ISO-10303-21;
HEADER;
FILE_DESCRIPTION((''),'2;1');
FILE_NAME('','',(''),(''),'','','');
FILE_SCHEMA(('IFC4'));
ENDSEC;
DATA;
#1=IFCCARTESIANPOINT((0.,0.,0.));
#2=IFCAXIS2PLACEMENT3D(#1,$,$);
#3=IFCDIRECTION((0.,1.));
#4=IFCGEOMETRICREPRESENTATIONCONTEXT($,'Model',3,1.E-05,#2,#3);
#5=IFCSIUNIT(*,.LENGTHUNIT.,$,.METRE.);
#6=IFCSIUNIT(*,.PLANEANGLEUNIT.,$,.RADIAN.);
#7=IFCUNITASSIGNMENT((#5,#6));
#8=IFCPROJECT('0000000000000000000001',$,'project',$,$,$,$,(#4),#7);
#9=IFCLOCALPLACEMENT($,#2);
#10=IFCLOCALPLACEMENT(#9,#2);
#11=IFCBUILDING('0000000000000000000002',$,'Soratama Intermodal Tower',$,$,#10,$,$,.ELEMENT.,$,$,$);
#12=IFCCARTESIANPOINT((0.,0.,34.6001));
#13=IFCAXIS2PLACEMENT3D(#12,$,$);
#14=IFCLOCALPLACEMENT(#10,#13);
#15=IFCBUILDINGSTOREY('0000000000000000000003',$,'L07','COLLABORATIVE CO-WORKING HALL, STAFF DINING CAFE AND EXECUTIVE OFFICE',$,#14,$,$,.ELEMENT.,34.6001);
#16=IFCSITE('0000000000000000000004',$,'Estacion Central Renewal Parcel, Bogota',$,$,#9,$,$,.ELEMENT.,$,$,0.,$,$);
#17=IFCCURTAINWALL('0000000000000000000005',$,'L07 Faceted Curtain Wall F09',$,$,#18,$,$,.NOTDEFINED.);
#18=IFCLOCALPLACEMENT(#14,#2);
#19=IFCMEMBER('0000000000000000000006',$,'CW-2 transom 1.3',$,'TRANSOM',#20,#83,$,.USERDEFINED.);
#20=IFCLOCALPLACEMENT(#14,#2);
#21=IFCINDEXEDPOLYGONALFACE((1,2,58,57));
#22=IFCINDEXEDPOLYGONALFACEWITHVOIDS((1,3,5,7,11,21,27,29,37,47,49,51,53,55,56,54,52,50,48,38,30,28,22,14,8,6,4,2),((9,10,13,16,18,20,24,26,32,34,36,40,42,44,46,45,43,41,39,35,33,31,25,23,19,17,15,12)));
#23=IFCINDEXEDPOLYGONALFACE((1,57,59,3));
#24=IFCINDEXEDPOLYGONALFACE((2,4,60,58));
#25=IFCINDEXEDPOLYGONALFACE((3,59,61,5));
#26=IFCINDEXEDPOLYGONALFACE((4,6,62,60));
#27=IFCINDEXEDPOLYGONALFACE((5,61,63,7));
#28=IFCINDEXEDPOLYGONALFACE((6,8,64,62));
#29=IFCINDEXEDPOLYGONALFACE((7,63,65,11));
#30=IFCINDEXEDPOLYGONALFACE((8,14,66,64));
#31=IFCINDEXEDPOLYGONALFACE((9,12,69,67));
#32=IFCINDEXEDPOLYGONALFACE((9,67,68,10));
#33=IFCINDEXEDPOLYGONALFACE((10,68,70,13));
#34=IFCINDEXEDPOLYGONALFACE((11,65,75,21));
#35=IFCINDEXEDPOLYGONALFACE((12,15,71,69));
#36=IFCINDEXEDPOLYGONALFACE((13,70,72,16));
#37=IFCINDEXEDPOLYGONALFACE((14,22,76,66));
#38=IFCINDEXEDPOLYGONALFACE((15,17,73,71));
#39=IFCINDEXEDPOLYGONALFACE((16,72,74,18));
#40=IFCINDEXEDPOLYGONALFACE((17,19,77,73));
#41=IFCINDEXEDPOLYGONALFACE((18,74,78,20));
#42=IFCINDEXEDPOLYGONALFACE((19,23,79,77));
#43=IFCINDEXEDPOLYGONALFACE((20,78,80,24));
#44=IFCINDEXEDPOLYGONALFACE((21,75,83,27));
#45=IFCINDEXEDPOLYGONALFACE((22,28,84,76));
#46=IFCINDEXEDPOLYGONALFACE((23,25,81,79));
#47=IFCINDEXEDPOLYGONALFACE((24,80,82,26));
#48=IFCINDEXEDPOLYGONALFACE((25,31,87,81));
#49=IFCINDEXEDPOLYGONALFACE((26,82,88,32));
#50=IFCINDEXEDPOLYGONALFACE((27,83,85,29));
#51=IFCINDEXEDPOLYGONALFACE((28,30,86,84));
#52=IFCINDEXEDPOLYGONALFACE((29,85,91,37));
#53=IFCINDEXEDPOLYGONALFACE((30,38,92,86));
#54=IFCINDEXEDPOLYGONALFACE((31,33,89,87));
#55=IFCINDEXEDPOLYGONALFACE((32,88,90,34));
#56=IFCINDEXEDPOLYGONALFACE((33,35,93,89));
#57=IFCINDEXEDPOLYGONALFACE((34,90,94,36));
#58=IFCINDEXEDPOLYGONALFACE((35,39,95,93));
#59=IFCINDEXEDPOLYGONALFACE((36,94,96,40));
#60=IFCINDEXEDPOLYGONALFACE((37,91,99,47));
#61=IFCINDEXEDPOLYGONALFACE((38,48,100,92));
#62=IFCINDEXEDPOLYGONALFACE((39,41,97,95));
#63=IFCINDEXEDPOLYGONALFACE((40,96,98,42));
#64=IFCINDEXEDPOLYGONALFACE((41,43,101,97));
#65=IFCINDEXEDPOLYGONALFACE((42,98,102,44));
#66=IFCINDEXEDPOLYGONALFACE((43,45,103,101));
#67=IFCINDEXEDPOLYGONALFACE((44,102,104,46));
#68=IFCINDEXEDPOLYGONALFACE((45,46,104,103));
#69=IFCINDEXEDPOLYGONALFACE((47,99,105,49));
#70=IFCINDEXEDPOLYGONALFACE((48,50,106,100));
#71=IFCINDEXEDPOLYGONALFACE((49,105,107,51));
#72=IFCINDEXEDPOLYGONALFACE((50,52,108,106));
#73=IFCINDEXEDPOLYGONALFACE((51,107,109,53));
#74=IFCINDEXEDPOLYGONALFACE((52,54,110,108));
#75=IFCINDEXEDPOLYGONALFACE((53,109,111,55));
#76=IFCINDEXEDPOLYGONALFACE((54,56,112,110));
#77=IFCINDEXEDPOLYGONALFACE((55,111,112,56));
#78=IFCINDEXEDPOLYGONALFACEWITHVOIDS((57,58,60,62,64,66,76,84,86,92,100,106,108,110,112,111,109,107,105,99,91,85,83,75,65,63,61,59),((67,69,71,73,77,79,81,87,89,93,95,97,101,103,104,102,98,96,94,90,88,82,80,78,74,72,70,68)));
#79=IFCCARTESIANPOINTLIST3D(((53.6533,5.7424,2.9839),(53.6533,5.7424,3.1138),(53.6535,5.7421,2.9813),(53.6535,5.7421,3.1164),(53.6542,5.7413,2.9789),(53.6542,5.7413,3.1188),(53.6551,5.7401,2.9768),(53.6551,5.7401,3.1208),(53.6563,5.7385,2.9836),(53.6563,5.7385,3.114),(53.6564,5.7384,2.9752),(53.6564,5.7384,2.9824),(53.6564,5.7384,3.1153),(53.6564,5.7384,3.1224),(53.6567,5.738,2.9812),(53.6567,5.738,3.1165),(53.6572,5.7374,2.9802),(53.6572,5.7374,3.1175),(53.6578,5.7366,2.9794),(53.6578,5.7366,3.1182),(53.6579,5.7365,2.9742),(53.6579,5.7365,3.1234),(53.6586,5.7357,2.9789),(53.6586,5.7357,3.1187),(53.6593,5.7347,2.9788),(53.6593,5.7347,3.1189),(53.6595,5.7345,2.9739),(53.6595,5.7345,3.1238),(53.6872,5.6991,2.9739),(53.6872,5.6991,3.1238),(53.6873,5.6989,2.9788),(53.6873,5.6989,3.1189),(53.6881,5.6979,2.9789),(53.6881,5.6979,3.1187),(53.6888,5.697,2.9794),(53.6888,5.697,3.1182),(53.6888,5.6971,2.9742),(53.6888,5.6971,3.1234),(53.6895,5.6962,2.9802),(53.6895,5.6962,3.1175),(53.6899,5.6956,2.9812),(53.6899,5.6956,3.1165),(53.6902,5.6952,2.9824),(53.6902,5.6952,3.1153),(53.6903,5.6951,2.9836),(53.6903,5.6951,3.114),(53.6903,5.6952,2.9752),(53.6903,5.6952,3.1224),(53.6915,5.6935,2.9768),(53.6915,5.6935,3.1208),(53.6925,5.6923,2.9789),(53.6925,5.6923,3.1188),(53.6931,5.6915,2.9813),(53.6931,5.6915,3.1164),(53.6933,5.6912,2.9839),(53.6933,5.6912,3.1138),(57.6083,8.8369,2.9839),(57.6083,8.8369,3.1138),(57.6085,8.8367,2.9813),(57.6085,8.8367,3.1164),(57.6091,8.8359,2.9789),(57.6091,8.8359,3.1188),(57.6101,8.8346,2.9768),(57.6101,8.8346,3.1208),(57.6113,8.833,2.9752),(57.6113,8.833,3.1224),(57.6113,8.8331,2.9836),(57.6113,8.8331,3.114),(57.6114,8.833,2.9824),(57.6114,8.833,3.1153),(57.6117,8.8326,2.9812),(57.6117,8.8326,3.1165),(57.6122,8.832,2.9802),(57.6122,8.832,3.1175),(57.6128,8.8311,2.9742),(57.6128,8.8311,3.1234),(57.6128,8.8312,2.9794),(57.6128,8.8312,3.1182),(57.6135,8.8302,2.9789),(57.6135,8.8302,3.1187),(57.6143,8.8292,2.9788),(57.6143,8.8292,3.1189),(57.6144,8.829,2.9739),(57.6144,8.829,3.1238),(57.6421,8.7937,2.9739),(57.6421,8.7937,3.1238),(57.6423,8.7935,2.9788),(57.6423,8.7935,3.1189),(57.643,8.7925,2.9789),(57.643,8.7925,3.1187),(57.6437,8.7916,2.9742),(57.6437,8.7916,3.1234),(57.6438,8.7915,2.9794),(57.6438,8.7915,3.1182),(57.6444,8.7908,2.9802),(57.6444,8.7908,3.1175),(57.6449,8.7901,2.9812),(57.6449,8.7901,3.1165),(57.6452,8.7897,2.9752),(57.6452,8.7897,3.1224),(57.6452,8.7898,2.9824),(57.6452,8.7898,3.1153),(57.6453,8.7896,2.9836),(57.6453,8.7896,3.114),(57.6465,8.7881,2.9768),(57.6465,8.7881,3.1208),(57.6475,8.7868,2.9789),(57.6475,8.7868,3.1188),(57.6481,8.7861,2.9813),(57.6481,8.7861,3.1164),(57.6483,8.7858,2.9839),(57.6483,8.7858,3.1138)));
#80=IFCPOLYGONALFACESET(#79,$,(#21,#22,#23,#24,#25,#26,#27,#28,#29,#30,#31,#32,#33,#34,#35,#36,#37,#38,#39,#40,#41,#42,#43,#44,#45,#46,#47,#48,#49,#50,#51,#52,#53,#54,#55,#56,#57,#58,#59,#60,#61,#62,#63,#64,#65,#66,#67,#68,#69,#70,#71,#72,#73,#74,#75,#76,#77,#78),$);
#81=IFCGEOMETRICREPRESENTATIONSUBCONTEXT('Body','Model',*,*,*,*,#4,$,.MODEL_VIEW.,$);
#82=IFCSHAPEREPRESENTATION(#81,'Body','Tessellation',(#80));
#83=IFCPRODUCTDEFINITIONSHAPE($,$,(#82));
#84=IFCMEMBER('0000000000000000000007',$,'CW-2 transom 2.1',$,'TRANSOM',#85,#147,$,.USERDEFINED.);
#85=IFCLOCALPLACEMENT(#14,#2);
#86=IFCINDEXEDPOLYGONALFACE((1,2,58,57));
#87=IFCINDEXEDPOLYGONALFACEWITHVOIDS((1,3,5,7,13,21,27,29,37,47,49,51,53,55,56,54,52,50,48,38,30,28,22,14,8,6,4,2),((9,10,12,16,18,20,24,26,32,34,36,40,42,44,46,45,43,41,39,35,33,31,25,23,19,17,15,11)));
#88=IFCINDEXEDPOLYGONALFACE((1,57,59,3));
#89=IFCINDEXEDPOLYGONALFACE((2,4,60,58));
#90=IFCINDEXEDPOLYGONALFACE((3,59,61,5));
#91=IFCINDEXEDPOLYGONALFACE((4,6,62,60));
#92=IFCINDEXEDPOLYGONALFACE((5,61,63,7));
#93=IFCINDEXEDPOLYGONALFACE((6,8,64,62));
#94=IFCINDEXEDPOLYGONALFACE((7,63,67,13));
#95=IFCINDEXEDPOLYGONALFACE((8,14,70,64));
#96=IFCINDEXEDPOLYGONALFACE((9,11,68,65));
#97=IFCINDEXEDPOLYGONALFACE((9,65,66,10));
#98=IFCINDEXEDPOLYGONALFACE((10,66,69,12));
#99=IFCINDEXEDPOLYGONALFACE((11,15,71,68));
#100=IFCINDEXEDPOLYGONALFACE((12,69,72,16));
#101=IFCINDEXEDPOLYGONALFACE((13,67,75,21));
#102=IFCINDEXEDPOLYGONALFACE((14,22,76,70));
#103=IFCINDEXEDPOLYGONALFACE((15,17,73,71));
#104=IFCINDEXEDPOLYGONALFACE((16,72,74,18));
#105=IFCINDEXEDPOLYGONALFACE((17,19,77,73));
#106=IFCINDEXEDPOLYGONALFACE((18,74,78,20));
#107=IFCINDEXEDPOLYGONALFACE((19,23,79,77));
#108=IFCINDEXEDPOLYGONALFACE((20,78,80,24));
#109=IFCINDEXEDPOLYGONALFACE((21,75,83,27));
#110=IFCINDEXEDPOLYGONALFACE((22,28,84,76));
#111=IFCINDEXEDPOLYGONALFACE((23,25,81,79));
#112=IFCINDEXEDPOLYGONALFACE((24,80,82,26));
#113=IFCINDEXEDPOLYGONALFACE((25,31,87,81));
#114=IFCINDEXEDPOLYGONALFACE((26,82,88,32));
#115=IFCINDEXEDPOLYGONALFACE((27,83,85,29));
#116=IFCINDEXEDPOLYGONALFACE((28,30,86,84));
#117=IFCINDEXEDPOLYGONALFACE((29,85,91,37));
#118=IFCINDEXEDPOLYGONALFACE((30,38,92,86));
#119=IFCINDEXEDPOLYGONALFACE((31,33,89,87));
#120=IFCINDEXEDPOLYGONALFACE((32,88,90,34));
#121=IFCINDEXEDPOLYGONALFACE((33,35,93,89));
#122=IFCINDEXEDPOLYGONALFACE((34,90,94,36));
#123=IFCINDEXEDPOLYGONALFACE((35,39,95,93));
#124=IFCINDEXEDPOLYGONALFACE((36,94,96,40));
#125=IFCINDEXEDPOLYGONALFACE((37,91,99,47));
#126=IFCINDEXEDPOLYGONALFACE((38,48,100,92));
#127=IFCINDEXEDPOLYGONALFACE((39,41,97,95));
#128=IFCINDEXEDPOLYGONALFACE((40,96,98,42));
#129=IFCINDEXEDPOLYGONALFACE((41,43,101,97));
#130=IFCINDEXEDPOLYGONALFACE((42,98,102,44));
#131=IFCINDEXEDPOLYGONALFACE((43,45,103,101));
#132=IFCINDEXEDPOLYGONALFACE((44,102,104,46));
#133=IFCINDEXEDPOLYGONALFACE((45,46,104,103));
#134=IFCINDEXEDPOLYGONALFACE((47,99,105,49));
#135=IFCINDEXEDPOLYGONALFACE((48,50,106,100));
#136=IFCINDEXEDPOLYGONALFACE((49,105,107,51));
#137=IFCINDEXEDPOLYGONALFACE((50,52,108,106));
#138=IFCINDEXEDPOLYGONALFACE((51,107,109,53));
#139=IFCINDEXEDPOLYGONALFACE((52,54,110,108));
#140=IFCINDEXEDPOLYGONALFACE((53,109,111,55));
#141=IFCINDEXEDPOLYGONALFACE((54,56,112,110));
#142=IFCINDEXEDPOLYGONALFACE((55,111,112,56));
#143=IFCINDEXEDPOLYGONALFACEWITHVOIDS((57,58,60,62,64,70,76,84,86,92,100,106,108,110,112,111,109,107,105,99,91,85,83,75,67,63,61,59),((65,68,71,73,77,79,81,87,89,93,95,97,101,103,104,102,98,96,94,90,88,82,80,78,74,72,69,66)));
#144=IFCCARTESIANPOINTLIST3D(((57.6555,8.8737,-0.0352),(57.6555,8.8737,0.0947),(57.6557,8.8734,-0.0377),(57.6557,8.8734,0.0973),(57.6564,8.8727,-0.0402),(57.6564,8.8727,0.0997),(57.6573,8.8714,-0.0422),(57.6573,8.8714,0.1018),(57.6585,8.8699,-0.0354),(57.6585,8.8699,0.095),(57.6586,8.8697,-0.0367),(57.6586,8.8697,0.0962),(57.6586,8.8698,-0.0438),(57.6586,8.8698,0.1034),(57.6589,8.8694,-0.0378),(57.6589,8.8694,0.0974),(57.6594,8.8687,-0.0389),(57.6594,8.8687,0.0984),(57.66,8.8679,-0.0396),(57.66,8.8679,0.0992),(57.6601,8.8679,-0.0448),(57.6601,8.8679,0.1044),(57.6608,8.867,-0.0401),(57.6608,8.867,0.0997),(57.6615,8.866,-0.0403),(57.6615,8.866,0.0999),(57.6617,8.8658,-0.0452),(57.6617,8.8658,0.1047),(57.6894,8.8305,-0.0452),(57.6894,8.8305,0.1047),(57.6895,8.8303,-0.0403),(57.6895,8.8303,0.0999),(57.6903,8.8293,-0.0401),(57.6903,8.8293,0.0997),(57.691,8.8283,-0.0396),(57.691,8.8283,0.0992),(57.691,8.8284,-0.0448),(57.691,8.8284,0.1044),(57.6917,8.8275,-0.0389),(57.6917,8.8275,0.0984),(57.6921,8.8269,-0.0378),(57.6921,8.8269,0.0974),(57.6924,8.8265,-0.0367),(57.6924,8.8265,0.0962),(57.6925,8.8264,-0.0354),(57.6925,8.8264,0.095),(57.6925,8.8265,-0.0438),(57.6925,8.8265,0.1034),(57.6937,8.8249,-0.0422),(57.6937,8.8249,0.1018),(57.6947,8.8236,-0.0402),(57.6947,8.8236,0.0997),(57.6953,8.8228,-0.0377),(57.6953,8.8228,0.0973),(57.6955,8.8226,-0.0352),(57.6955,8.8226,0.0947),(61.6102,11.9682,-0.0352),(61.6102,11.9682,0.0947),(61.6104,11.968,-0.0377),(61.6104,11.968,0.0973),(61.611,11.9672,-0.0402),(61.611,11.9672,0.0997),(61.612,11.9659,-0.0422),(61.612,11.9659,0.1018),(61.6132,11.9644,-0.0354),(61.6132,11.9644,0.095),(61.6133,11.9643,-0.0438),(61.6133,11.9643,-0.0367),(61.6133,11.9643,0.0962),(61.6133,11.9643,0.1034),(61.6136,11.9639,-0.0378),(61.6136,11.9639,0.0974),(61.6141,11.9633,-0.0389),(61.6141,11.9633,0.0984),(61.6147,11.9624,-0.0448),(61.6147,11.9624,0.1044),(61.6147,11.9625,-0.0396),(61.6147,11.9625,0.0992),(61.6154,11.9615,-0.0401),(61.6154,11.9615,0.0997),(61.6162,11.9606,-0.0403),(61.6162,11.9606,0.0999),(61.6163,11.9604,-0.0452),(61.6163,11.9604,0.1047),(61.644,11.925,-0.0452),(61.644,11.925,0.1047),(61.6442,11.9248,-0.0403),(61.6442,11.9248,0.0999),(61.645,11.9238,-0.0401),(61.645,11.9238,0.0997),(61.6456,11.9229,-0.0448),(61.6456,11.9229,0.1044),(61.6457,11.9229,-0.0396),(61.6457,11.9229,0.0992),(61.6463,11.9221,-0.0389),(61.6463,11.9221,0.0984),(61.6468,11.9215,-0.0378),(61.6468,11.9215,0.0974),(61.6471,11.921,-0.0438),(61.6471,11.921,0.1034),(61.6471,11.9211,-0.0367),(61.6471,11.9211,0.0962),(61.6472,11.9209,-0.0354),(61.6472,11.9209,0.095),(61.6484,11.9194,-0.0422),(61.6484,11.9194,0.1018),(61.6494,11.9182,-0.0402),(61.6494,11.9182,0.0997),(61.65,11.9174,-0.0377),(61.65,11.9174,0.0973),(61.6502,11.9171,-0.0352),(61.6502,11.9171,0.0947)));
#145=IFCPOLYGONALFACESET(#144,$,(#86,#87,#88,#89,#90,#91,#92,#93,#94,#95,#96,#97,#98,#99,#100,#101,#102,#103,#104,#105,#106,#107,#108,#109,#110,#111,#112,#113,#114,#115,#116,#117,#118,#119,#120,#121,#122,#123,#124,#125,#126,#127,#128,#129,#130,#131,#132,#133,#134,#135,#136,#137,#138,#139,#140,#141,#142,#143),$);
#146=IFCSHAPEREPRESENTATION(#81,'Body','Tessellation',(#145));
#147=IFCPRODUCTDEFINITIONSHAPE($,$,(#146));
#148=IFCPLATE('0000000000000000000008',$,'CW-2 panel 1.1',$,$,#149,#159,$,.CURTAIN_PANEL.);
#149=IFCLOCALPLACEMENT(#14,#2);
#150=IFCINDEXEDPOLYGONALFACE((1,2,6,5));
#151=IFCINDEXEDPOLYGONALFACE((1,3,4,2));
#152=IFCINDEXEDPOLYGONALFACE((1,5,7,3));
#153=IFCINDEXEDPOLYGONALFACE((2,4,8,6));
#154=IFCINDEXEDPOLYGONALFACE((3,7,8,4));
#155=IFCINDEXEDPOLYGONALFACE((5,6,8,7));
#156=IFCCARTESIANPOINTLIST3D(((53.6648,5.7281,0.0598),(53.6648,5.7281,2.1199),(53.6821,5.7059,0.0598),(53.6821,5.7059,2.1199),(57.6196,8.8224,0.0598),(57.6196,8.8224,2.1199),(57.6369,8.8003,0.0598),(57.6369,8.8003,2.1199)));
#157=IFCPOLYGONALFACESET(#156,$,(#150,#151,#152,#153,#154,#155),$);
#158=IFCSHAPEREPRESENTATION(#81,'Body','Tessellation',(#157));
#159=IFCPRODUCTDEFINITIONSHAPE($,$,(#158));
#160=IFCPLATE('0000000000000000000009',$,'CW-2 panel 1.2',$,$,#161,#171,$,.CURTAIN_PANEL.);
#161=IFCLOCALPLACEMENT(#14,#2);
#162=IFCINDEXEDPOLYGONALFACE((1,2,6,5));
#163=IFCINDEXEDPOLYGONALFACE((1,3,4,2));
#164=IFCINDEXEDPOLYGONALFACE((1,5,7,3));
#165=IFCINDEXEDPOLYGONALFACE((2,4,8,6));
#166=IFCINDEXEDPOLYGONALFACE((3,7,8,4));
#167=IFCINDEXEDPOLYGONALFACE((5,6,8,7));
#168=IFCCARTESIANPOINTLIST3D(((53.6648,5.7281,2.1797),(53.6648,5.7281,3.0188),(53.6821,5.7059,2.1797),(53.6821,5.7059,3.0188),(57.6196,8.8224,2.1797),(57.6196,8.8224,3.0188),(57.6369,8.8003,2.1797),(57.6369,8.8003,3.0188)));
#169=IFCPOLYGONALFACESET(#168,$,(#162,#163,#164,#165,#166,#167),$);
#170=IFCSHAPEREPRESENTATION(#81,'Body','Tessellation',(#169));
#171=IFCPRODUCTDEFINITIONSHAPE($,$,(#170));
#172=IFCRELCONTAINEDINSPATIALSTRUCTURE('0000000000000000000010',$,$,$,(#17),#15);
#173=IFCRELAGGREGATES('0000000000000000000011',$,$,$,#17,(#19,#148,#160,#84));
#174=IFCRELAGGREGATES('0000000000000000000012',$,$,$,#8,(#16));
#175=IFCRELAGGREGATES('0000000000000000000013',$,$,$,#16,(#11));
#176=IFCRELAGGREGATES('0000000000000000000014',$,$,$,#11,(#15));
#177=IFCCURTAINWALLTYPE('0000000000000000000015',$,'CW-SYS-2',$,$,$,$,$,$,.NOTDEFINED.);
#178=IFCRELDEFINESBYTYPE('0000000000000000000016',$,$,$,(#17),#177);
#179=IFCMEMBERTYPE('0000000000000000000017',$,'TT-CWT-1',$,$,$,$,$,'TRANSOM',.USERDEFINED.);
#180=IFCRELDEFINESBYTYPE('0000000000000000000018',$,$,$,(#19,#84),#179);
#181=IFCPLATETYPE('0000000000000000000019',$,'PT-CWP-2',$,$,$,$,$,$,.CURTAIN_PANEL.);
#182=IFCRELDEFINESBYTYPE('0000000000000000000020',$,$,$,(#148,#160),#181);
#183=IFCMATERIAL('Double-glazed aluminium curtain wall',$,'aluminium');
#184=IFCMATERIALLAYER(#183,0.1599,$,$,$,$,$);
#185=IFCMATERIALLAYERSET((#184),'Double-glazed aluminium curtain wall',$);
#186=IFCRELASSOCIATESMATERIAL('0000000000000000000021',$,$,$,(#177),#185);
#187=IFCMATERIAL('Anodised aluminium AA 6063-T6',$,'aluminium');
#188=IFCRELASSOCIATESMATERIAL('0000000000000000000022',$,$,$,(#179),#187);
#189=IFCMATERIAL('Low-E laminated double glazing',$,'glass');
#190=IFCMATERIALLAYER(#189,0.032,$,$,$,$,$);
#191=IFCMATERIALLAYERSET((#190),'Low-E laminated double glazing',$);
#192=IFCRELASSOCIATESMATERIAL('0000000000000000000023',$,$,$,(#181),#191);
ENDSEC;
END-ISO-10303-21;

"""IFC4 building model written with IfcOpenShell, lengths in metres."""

from ifc_helpers import new_model, si_unit, direction, frame, origin, origin_2d, place, context, subcontext, project, spatial, rectangle, hollow_rectangle, extrude, material, layer, layer_set, material_profile, profile_set, type_object, element, aggregate, save


model = new_model("IFC4")

# Units and contexts
model_context = context("Model", 3, precision=1e-05, world=origin(), true_north=direction((0.0, 1.0)))
body_context = subcontext(model_context, "Body", "Model", "MODEL_VIEW")
ifc_project = project(units=[si_unit("LENGTHUNIT", "METRE"), si_unit("PLANEANGLEUNIT", "RADIAN")], contexts=[model_context])

# Site, building, storey
site_placement = place(None, origin())
site = spatial("IfcSite", under=ifc_project, at=site_placement, Name="Estacion Central Renewal Parcel, Bogota", CompositionType="ELEMENT", RefElevation=0.0)
building_placement = place(site_placement, origin())
building = spatial("IfcBuilding", under=site, at=building_placement, Name="Soratama Intermodal Tower", CompositionType="ELEMENT")
storey_placement = place(building_placement, frame((0.0, 0.0, 34.6001)))
storey = spatial("IfcBuildingStorey", under=building, at=storey_placement, Name="L07", Description="COLLABORATIVE CO-WORKING HALL, STAFF DINING CAFE AND EXECUTIVE OFFICE", CompositionType="ELEMENT", Elevation=34.6001)

# Curtain wall, members, plates
ifc_material_1 = material(Name="Double-glazed aluminium curtain wall", Category="aluminium")
ifc_layer_1 = layer(ifc_material_1, 0.1599)
ifc_layer_set_1 = layer_set([ifc_layer_1], Name="Double-glazed aluminium curtain wall")
curtain_wall_type = type_object("IfcCurtainWallType", Name="CW-SYS-2", PredefinedType="NOTDEFINED", material=ifc_layer_set_1)
curtain_wall_placement = place(storey_placement, origin())
curtain_wall = element("IfcCurtainWall", 1, at=curtain_wall_placement, inside=storey, type_object=curtain_wall_type, Name="L07 Faceted Curtain Wall F09", PredefinedType="NOTDEFINED")
ifc_material_2 = material(Name="Anodised aluminium AA 6063-T6", Category="aluminium")
ifc_material_profile_1 = material_profile(ifc_material_2, hollow_rectangle(XDim=0.0649, YDim=0.1499, WallThickness=0.0049, InnerFilletRadius=0.0049, OuterFilletRadius=0.01, at=origin_2d()), Name="CWT150X65X5")
ifc_profile_set_1 = profile_set([ifc_material_profile_1], Name="Anodised aluminium AA 6063-T6")
member_type_1 = type_object("IfcMemberType", Name="TT-CWT-1", ElementType="TRANSOM", PredefinedType="USERDEFINED", material=ifc_profile_set_1)
member_1_placement = place(storey_placement, frame((53.6733, 5.7168, 3.0488), z_axis=(0.787563, 0.616234, 0.0), x_axis=(-0.616234, 0.787563, 0.0)))
member_1 = element("IfcMember", 2, at=member_1_placement, type_object=member_type_1, Name="CW-2 transom 1.3", ObjectType="TRANSOM", PredefinedType="USERDEFINED", context=body_context, shape_type="SweptSolid", body=[
    extrude(hollow_rectangle(XDim=0.0649, YDim=0.1499, WallThickness=0.0049, InnerFilletRadius=0.0049, OuterFilletRadius=0.01, at=origin_2d()), origin(), (0.0, 0.0, 1.0), 5.0217),
])
member_2_placement = place(storey_placement, frame((57.6755, 8.8481, 0.0298), z_axis=(0.787545, 0.616257, 0.0), x_axis=(-0.616257, 0.787545, 0.0)))
member_2 = element("IfcMember", 3, at=member_2_placement, type_object=member_type_1, Name="CW-2 transom 2.1", ObjectType="TRANSOM", PredefinedType="USERDEFINED", context=body_context, shape_type="SweptSolid", body=[
    extrude(hollow_rectangle(XDim=0.0649, YDim=0.1499, WallThickness=0.0049, InnerFilletRadius=0.0049, OuterFilletRadius=0.01, at=origin_2d()), origin(), (0.0, 0.0, 1.0), 5.0215),
])
ifc_material_3 = material(Name="Low-E laminated double glazing", Category="glass")
ifc_layer_2 = layer(ifc_material_3, 0.032)
ifc_layer_set_2 = layer_set([ifc_layer_2], Name="Low-E laminated double glazing")
plate_type = type_object("IfcPlateType", Name="PT-CWP-2", PredefinedType="CURTAIN_PANEL", material=ifc_layer_set_2)
plate_1_placement = place(storey_placement, frame((55.6509, 7.2642, 0.0598), z_axis=(0.0, 0.0, 1.0), x_axis=(0.787576, 0.616218, 0.0)))
plate_1 = element("IfcPlate", 4, at=plate_1_placement, type_object=plate_type, Name="CW-2 panel 1.1", PredefinedType="CURTAIN_PANEL", context=body_context, shape_type="SweptSolid", body=[
    extrude(rectangle(XDim=5.0215, YDim=0.0281, at=origin_2d()), origin(), (0.0, 0.0, 1.0), 2.0601),
])
plate_2_placement = place(storey_placement, frame((55.6509, 7.2642, 2.1797), z_axis=(0.0, 0.0, 1.0), x_axis=(0.787576, 0.616218, 0.0)))
plate_2 = element("IfcPlate", 5, at=plate_2_placement, type_object=plate_type, Name="CW-2 panel 1.2", PredefinedType="CURTAIN_PANEL", context=body_context, shape_type="SweptSolid", body=[
    extrude(rectangle(XDim=5.0215, YDim=0.0281, at=origin_2d()), origin(), (0.0, 0.0, 1.0), 0.8391),
])
aggregate(curtain_wall, [member_1, plate_1, plate_2, member_2])

save(model, "model.ifc")
